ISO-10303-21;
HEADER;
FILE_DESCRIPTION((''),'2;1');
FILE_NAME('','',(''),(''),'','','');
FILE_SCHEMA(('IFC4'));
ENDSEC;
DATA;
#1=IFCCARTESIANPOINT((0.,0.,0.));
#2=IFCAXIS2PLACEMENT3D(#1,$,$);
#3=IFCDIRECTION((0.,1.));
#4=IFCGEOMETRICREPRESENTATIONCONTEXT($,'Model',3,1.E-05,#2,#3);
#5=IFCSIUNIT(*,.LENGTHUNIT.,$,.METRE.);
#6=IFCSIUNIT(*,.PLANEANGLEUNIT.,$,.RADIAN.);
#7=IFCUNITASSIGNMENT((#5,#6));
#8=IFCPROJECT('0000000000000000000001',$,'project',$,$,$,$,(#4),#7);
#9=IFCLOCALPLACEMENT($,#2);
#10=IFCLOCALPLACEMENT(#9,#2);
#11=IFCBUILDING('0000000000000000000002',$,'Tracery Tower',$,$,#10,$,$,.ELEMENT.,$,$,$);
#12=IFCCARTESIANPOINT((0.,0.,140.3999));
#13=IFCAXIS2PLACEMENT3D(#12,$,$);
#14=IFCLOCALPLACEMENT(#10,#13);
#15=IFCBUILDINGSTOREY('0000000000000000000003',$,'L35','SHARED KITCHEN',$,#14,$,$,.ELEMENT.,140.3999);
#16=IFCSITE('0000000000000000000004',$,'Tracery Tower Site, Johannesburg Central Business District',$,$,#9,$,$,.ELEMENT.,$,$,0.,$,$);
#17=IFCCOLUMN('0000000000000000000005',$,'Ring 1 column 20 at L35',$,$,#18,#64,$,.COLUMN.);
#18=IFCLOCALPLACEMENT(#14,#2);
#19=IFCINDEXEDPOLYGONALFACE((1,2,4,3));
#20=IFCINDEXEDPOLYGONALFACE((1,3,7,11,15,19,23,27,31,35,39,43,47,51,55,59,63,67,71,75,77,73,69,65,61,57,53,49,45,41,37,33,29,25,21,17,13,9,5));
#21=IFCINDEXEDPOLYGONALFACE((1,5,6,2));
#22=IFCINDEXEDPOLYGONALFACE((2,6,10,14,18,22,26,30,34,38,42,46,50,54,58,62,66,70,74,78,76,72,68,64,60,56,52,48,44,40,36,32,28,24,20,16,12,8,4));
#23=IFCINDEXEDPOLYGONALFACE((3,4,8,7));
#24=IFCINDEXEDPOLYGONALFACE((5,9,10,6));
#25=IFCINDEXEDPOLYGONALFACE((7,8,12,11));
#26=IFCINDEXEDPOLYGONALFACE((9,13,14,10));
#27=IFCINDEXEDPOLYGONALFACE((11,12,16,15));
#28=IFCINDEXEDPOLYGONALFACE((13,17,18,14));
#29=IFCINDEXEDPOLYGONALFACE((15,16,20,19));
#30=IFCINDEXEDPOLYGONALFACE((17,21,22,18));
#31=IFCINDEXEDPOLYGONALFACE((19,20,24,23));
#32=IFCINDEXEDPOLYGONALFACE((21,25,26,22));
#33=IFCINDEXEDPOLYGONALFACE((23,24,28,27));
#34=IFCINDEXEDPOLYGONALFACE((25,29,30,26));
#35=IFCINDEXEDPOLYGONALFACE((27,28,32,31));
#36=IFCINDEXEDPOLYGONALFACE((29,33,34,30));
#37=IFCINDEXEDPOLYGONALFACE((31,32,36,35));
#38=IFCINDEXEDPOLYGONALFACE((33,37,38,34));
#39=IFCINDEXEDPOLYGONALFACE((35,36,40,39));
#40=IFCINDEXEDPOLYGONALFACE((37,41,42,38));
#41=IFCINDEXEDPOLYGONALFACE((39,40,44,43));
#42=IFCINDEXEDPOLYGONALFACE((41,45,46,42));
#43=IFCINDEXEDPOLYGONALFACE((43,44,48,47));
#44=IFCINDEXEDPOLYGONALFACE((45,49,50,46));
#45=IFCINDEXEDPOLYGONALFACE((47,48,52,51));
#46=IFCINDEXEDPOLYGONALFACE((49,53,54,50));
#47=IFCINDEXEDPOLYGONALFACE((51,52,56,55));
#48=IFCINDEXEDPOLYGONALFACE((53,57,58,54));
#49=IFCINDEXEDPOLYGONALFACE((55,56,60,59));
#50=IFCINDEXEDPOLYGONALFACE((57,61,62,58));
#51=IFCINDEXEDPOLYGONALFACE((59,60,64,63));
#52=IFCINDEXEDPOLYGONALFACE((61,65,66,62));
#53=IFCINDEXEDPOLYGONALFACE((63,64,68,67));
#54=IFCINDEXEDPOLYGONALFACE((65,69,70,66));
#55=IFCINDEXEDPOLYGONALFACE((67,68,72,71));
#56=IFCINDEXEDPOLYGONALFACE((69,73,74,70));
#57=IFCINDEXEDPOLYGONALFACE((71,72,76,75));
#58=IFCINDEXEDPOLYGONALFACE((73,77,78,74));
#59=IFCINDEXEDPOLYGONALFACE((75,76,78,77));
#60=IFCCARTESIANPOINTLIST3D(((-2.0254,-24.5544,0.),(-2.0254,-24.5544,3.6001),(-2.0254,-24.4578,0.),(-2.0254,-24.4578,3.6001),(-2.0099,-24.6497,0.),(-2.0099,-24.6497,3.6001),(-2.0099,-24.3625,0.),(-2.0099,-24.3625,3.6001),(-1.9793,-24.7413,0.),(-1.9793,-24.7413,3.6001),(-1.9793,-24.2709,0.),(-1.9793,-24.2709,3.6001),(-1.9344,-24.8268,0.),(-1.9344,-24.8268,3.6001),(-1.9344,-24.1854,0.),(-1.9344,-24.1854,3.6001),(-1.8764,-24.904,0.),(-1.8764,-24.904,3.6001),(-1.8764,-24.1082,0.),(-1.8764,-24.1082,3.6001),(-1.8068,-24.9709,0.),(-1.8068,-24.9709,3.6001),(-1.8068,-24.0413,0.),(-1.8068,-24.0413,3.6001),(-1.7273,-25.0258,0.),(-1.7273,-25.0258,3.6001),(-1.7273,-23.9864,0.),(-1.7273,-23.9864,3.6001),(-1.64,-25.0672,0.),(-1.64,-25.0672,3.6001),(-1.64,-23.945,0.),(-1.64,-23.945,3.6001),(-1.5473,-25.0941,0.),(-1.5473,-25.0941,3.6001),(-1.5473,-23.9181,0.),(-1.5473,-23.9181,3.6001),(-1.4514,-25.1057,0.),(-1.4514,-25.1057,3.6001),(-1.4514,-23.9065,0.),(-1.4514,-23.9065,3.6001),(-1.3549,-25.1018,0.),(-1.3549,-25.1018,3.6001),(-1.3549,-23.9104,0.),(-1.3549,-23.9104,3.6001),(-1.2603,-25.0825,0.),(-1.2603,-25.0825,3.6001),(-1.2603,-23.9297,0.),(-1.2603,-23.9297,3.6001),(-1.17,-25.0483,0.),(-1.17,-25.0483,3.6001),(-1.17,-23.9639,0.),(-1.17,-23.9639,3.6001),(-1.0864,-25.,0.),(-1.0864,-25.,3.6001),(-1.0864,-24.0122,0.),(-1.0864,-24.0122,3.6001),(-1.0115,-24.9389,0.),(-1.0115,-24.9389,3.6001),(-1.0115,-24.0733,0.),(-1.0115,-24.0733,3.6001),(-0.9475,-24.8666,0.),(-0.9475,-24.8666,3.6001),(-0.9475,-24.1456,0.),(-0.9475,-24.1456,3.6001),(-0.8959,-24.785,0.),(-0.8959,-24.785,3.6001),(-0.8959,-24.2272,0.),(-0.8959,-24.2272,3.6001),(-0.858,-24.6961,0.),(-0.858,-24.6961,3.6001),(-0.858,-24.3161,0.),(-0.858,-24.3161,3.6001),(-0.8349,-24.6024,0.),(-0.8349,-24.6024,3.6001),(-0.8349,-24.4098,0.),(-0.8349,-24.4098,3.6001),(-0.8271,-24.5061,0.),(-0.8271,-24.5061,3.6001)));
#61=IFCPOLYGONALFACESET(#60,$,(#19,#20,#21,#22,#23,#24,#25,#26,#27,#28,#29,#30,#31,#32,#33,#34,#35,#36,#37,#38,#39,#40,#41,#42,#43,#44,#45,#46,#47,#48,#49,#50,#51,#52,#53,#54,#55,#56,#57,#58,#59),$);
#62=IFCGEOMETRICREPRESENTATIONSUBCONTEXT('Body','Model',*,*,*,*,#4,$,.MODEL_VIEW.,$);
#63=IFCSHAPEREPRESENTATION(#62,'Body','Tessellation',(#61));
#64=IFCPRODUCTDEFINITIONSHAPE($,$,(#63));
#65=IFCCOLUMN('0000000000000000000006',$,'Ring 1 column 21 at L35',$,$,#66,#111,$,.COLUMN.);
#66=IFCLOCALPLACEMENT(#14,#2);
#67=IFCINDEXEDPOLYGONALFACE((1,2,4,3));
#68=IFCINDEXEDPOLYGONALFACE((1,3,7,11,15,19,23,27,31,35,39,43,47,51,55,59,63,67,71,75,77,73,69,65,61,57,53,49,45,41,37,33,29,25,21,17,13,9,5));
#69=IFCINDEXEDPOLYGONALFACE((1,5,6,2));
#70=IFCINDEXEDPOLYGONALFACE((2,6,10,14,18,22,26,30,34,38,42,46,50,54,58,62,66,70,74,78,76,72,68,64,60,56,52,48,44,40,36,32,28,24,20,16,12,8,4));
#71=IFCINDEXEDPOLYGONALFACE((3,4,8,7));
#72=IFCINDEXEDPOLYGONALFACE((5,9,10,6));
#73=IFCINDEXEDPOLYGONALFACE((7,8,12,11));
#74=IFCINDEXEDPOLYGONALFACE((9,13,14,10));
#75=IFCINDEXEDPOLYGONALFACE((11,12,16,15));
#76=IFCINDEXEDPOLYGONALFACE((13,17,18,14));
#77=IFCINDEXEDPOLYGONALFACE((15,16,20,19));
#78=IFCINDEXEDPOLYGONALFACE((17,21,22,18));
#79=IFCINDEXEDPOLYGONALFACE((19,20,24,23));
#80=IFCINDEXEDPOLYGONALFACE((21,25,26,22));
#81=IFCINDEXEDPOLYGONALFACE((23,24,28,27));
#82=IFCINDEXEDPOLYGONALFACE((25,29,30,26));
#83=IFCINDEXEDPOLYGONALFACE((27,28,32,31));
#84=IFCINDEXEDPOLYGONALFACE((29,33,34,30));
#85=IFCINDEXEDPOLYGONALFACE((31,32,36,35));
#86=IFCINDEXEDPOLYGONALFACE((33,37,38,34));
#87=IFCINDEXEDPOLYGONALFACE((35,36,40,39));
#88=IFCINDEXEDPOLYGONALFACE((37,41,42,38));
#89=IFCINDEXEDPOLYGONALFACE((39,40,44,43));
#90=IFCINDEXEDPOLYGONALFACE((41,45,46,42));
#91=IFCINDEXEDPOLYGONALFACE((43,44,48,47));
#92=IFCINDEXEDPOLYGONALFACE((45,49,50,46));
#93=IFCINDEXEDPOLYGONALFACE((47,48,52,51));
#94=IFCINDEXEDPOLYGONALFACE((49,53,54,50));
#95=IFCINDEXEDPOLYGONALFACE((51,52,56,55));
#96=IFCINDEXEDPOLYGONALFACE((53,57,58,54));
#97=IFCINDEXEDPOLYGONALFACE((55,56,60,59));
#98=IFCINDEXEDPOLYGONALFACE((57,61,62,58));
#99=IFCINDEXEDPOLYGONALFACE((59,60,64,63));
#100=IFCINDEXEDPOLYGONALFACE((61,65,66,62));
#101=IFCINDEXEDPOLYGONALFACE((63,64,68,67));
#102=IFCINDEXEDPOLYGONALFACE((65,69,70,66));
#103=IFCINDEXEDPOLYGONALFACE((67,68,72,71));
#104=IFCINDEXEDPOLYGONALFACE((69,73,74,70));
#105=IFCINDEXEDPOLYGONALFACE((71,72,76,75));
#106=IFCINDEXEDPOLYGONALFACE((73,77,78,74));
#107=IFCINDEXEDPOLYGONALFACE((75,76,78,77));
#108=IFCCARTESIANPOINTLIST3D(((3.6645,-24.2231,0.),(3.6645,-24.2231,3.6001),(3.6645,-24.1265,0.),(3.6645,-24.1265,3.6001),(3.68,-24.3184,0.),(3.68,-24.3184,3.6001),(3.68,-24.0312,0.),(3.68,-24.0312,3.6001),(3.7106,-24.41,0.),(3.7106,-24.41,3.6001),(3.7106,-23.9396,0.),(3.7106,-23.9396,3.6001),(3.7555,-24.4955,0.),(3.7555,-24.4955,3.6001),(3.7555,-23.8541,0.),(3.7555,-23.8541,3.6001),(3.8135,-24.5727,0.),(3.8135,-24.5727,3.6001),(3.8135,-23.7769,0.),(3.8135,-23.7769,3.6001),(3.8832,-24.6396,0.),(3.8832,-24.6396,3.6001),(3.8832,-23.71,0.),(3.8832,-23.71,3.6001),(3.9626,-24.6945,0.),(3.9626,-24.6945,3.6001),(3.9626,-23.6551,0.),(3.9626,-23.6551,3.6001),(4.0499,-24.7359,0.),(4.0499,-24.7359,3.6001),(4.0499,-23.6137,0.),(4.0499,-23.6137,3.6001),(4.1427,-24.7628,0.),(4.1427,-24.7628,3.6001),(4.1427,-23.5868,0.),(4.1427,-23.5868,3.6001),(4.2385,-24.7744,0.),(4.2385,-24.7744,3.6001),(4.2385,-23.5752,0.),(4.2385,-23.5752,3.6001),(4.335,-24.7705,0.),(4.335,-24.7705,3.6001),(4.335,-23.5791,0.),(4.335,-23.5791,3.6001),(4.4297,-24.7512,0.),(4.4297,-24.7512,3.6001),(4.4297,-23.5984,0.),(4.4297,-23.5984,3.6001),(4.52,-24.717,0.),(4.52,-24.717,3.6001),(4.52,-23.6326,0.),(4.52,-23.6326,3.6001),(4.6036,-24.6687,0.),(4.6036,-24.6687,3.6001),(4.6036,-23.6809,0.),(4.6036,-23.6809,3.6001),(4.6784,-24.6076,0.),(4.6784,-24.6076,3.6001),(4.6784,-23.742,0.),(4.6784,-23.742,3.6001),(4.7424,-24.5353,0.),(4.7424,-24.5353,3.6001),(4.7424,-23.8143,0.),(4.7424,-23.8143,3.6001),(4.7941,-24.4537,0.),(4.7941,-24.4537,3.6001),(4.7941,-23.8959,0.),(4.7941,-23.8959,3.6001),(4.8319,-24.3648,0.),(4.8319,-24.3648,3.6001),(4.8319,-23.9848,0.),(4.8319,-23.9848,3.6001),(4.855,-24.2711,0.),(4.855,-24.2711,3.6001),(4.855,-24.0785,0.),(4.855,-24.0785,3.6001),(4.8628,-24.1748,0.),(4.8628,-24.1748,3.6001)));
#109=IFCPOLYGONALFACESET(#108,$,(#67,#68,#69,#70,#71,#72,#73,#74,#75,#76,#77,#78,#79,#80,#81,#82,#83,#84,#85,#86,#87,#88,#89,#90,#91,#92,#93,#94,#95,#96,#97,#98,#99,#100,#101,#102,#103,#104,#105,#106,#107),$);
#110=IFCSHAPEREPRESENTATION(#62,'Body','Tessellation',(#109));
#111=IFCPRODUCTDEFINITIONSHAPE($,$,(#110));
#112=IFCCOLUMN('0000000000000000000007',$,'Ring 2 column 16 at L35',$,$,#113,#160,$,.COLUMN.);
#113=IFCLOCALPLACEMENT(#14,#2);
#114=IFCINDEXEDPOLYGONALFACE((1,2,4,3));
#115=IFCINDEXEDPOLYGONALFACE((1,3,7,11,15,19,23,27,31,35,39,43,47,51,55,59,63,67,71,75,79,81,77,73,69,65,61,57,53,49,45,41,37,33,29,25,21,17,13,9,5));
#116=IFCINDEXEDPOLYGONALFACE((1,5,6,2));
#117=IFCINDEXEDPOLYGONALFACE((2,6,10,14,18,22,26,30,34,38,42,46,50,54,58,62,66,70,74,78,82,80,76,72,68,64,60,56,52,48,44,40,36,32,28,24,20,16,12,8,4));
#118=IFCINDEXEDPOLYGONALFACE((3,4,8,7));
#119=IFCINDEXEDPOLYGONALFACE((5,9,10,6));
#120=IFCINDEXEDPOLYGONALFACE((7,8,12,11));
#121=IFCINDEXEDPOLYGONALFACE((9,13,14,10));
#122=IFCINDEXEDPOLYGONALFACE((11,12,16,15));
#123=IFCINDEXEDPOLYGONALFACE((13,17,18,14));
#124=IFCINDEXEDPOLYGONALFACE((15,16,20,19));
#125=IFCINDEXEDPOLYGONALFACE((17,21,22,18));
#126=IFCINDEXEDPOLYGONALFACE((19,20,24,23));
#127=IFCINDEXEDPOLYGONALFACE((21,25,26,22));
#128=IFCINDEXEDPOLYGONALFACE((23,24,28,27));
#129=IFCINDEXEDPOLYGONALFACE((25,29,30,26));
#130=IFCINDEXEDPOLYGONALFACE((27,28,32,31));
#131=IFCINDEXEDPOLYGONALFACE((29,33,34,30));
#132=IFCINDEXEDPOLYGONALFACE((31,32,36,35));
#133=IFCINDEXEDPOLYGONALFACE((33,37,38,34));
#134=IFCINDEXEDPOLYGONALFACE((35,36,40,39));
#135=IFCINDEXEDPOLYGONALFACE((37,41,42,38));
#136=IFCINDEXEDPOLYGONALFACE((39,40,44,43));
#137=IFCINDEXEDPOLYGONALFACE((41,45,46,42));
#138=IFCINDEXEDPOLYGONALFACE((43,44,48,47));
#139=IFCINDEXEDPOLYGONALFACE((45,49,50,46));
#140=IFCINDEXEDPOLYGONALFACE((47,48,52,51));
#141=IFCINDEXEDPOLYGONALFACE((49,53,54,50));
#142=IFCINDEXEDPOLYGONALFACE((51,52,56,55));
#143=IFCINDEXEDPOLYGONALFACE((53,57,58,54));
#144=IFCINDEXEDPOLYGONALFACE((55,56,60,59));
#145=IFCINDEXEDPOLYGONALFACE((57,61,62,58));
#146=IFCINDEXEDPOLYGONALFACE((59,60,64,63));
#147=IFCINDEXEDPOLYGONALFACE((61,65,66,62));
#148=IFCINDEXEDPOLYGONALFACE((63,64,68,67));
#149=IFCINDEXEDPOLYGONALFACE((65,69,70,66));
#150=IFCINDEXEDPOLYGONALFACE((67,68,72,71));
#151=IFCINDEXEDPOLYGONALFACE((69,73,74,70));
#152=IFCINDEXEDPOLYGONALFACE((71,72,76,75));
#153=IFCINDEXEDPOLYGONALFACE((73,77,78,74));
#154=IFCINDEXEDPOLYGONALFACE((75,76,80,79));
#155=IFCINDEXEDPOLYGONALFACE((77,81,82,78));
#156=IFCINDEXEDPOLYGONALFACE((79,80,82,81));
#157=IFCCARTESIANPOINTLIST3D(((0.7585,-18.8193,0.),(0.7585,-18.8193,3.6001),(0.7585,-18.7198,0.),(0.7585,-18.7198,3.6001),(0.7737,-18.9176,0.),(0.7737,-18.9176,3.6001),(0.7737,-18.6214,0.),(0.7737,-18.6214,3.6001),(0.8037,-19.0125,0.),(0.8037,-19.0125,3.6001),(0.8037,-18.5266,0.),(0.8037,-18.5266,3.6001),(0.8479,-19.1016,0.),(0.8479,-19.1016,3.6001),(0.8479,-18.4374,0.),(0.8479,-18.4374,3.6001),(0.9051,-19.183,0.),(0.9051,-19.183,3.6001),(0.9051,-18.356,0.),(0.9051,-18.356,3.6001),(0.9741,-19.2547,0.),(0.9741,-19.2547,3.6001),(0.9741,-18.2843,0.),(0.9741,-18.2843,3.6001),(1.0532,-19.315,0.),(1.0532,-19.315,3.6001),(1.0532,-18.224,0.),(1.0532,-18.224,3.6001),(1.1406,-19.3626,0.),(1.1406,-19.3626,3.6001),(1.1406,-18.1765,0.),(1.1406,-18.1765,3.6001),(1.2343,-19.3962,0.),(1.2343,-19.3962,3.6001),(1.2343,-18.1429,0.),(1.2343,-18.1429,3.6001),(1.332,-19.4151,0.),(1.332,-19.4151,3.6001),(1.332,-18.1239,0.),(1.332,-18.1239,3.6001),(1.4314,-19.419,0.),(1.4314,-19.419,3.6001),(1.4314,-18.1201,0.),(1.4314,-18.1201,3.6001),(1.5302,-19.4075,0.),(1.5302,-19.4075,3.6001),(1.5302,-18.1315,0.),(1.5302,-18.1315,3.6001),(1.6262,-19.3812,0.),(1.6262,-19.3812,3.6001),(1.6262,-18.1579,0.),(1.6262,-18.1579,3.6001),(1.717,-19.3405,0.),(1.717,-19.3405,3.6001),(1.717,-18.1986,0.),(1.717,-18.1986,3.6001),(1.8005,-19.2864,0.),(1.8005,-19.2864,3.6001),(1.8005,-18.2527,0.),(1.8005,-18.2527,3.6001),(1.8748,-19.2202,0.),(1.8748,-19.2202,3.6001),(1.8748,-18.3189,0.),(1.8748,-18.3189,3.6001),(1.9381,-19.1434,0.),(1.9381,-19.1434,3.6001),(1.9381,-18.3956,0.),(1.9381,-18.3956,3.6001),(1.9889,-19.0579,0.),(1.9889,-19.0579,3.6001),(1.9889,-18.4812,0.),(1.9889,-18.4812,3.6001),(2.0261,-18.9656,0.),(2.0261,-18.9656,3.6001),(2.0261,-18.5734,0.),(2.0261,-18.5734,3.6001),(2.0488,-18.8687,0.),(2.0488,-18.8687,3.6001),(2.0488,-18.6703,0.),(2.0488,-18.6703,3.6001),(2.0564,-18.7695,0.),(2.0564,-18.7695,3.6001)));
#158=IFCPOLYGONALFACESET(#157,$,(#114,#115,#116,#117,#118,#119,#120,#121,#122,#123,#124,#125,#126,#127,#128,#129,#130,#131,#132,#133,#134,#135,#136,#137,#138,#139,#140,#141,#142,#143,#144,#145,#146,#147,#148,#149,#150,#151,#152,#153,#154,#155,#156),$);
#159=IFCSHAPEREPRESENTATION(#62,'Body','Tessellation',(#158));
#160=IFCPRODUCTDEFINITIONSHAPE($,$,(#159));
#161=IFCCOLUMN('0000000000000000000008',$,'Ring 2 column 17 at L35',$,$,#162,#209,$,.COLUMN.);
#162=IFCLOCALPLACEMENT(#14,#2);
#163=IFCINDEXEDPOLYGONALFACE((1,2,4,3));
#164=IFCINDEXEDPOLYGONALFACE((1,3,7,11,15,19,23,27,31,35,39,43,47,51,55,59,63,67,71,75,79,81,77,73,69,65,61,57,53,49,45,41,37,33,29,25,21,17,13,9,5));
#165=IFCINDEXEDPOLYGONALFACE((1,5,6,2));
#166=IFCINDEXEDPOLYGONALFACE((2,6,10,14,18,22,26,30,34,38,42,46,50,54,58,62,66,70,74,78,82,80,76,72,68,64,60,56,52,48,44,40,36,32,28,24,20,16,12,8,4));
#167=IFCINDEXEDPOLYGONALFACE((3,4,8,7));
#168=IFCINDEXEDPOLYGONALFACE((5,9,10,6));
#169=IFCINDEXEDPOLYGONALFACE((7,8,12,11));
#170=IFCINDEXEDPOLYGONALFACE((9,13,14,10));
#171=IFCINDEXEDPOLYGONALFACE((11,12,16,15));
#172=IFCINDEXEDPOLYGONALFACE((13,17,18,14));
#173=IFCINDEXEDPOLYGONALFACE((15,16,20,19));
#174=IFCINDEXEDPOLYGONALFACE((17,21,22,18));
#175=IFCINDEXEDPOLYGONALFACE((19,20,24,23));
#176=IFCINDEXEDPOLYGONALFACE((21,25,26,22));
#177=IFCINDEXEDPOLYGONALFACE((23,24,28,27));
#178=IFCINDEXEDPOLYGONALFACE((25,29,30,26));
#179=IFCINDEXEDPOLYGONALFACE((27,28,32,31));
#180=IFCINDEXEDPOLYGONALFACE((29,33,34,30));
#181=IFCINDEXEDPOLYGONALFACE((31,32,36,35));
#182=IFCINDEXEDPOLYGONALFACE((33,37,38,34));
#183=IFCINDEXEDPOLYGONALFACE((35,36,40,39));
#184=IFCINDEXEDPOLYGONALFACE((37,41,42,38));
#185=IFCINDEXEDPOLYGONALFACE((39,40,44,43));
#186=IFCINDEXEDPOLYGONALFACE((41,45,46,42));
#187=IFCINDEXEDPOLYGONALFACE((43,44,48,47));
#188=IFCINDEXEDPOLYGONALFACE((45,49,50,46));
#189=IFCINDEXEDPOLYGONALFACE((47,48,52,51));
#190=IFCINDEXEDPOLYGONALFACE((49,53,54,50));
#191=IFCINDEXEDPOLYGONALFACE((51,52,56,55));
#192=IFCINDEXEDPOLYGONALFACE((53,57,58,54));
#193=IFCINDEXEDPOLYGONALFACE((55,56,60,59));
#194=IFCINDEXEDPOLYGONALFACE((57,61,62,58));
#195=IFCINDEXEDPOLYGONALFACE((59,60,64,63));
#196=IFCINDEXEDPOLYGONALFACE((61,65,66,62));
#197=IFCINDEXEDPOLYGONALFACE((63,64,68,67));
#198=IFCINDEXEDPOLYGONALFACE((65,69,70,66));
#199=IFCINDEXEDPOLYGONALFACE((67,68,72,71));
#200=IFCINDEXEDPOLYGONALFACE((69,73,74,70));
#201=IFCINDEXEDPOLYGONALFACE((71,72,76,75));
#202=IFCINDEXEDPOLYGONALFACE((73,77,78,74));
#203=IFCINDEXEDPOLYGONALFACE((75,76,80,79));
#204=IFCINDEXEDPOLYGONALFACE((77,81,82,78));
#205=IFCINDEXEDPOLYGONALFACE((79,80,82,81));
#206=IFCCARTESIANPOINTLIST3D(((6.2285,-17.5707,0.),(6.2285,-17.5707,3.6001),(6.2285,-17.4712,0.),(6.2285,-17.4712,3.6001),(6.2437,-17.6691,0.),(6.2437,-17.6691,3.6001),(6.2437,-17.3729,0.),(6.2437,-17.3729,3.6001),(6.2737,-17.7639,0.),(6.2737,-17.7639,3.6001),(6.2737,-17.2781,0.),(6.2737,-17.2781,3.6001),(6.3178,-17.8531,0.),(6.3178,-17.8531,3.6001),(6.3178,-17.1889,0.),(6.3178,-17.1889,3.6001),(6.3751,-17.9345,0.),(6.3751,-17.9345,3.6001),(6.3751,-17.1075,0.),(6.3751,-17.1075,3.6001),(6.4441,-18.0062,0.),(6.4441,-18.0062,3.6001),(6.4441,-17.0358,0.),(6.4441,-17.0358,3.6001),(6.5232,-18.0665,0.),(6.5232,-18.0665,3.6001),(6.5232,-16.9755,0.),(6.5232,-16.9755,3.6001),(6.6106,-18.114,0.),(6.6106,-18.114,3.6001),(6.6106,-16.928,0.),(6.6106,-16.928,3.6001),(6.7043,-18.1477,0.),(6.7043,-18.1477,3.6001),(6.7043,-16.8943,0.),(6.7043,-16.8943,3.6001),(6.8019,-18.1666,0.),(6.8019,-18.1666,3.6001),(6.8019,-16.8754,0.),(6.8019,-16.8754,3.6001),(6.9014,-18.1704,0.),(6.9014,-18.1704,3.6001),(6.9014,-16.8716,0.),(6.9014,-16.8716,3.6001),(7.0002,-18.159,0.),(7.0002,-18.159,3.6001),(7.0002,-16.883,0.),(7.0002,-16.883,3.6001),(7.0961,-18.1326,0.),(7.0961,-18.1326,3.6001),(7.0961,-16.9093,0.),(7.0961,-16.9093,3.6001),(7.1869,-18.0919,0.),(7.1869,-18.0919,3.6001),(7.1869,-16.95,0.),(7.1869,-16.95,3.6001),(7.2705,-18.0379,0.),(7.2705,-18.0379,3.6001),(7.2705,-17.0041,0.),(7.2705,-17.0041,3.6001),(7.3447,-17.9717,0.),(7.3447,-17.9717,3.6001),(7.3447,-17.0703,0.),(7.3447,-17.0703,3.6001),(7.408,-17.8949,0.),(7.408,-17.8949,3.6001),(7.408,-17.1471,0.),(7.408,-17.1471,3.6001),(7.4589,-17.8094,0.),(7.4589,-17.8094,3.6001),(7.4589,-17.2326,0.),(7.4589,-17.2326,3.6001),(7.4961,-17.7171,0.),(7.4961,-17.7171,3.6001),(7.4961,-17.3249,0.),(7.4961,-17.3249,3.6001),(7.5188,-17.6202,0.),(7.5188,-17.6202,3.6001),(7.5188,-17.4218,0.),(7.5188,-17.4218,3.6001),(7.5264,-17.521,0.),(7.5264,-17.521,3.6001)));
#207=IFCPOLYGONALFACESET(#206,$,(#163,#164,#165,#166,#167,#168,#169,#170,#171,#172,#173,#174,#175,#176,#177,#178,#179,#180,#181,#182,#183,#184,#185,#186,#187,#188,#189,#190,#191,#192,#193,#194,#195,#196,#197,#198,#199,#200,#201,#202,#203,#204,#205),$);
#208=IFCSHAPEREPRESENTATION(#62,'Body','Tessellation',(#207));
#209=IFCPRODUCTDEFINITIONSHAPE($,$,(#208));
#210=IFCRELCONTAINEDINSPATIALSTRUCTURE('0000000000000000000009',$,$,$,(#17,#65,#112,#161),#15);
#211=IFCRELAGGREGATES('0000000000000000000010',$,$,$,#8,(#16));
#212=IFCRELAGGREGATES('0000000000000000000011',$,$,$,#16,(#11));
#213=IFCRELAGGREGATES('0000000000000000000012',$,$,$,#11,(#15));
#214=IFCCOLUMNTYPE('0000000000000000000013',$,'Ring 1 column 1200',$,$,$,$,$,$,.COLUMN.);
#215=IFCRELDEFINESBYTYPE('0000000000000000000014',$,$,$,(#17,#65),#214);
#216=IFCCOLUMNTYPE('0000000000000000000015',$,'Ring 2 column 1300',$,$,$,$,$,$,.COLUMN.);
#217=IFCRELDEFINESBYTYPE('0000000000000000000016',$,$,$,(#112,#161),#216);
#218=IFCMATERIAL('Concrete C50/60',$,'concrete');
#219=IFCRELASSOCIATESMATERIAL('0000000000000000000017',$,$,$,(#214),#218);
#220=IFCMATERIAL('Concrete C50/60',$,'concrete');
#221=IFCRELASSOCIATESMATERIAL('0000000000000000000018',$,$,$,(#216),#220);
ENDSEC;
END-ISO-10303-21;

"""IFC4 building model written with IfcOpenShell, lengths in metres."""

from ifc_helpers import new_model, si_unit, direction, frame, origin, origin_2d, place, context, subcontext, project, spatial, circle, extrude, material, material_profile, profile_set, type_object, element, save


model = new_model("IFC4")

# Units and contexts
model_context = context("Model", 3, precision=1e-05, world=origin(), true_north=direction((0.0, 1.0)))
body_context = subcontext(model_context, "Body", "Model", "MODEL_VIEW")
ifc_project = project(units=[si_unit("LENGTHUNIT", "METRE"), si_unit("PLANEANGLEUNIT", "RADIAN")], contexts=[model_context])

# Site, building, storey
site_placement = place(None, origin())
site = spatial("IfcSite", under=ifc_project, at=site_placement, Name="Tracery Tower Site, Johannesburg Central Business District", CompositionType="ELEMENT", RefElevation=0.0)
building_placement = place(site_placement, origin())
building = spatial("IfcBuilding", under=site, at=building_placement, Name="Tracery Tower", CompositionType="ELEMENT")
storey_placement = place(building_placement, frame((0.0, 0.0, 140.3999)))
storey = spatial("IfcBuildingStorey", under=building, at=storey_placement, Name="L35", Description="SHARED KITCHEN", CompositionType="ELEMENT", Elevation=140.3999)

# Columns
ifc_material_1 = material(Name="Concrete C50/60", Category="concrete")
ifc_material_profile_1 = material_profile(ifc_material_1, circle(Radius=0.6001, at=origin_2d()), Name="RC D1200")
ifc_profile_set_1 = profile_set([ifc_material_profile_1], Name="Concrete C50/60")
column_type_1 = type_object("IfcColumnType", Name="Ring 1 column 1200", PredefinedType="COLUMN", material=ifc_profile_set_1)
for number, where, z_axis, x_axis, name in (
    (1, (-1.4272, -24.5061, 0.0), (0.0, 0.0, 1.0), (1.0, 0.0, 0.0), "Ring 1 column 20 at L35"),
    (2, (4.2627, -24.1748, 0.0), (0.0, 0.0, 1.0), (1.0, 0.0, 0.0), "Ring 1 column 21 at L35"),
):
    element("IfcColumn", number, at=place(storey_placement, frame(where, z_axis=z_axis, x_axis=x_axis)), inside=storey, type_object=column_type_1, Name=name, PredefinedType="COLUMN", context=body_context, shape_type="SweptSolid", body=[
        extrude(circle(Radius=0.6001, at=origin_2d()), origin(), (0.0, 0.0, 1.0), 3.6001),
    ])
ifc_material_2 = material(Name="Concrete C50/60", Category="concrete")
ifc_material_profile_2 = material_profile(ifc_material_2, circle(Radius=0.6499, at=origin_2d()), Name="RC D1300")
ifc_profile_set_2 = profile_set([ifc_material_profile_2], Name="Concrete C50/60")
column_type_2 = type_object("IfcColumnType", Name="Ring 2 column 1300", PredefinedType="COLUMN", material=ifc_profile_set_2)
for number, where, z_axis, x_axis, name in (
    (3, (1.4065, -18.7695, 0.0), (0.0, 0.0, 1.0), (1.0, 0.0, 0.0), "Ring 2 column 16 at L35"),
    (4, (6.8765, -17.521, 0.0), (0.0, 0.0, 1.0), (1.0, 0.0, 0.0), "Ring 2 column 17 at L35"),
):
    element("IfcColumn", number, at=place(storey_placement, frame(where, z_axis=z_axis, x_axis=x_axis)), inside=storey, type_object=column_type_2, Name=name, PredefinedType="COLUMN", context=body_context, shape_type="SweptSolid", body=[
        extrude(circle(Radius=0.6499, at=origin_2d()), origin(), (0.0, 0.0, 1.0), 3.6001),
    ])

save(model, "model.ifc")
